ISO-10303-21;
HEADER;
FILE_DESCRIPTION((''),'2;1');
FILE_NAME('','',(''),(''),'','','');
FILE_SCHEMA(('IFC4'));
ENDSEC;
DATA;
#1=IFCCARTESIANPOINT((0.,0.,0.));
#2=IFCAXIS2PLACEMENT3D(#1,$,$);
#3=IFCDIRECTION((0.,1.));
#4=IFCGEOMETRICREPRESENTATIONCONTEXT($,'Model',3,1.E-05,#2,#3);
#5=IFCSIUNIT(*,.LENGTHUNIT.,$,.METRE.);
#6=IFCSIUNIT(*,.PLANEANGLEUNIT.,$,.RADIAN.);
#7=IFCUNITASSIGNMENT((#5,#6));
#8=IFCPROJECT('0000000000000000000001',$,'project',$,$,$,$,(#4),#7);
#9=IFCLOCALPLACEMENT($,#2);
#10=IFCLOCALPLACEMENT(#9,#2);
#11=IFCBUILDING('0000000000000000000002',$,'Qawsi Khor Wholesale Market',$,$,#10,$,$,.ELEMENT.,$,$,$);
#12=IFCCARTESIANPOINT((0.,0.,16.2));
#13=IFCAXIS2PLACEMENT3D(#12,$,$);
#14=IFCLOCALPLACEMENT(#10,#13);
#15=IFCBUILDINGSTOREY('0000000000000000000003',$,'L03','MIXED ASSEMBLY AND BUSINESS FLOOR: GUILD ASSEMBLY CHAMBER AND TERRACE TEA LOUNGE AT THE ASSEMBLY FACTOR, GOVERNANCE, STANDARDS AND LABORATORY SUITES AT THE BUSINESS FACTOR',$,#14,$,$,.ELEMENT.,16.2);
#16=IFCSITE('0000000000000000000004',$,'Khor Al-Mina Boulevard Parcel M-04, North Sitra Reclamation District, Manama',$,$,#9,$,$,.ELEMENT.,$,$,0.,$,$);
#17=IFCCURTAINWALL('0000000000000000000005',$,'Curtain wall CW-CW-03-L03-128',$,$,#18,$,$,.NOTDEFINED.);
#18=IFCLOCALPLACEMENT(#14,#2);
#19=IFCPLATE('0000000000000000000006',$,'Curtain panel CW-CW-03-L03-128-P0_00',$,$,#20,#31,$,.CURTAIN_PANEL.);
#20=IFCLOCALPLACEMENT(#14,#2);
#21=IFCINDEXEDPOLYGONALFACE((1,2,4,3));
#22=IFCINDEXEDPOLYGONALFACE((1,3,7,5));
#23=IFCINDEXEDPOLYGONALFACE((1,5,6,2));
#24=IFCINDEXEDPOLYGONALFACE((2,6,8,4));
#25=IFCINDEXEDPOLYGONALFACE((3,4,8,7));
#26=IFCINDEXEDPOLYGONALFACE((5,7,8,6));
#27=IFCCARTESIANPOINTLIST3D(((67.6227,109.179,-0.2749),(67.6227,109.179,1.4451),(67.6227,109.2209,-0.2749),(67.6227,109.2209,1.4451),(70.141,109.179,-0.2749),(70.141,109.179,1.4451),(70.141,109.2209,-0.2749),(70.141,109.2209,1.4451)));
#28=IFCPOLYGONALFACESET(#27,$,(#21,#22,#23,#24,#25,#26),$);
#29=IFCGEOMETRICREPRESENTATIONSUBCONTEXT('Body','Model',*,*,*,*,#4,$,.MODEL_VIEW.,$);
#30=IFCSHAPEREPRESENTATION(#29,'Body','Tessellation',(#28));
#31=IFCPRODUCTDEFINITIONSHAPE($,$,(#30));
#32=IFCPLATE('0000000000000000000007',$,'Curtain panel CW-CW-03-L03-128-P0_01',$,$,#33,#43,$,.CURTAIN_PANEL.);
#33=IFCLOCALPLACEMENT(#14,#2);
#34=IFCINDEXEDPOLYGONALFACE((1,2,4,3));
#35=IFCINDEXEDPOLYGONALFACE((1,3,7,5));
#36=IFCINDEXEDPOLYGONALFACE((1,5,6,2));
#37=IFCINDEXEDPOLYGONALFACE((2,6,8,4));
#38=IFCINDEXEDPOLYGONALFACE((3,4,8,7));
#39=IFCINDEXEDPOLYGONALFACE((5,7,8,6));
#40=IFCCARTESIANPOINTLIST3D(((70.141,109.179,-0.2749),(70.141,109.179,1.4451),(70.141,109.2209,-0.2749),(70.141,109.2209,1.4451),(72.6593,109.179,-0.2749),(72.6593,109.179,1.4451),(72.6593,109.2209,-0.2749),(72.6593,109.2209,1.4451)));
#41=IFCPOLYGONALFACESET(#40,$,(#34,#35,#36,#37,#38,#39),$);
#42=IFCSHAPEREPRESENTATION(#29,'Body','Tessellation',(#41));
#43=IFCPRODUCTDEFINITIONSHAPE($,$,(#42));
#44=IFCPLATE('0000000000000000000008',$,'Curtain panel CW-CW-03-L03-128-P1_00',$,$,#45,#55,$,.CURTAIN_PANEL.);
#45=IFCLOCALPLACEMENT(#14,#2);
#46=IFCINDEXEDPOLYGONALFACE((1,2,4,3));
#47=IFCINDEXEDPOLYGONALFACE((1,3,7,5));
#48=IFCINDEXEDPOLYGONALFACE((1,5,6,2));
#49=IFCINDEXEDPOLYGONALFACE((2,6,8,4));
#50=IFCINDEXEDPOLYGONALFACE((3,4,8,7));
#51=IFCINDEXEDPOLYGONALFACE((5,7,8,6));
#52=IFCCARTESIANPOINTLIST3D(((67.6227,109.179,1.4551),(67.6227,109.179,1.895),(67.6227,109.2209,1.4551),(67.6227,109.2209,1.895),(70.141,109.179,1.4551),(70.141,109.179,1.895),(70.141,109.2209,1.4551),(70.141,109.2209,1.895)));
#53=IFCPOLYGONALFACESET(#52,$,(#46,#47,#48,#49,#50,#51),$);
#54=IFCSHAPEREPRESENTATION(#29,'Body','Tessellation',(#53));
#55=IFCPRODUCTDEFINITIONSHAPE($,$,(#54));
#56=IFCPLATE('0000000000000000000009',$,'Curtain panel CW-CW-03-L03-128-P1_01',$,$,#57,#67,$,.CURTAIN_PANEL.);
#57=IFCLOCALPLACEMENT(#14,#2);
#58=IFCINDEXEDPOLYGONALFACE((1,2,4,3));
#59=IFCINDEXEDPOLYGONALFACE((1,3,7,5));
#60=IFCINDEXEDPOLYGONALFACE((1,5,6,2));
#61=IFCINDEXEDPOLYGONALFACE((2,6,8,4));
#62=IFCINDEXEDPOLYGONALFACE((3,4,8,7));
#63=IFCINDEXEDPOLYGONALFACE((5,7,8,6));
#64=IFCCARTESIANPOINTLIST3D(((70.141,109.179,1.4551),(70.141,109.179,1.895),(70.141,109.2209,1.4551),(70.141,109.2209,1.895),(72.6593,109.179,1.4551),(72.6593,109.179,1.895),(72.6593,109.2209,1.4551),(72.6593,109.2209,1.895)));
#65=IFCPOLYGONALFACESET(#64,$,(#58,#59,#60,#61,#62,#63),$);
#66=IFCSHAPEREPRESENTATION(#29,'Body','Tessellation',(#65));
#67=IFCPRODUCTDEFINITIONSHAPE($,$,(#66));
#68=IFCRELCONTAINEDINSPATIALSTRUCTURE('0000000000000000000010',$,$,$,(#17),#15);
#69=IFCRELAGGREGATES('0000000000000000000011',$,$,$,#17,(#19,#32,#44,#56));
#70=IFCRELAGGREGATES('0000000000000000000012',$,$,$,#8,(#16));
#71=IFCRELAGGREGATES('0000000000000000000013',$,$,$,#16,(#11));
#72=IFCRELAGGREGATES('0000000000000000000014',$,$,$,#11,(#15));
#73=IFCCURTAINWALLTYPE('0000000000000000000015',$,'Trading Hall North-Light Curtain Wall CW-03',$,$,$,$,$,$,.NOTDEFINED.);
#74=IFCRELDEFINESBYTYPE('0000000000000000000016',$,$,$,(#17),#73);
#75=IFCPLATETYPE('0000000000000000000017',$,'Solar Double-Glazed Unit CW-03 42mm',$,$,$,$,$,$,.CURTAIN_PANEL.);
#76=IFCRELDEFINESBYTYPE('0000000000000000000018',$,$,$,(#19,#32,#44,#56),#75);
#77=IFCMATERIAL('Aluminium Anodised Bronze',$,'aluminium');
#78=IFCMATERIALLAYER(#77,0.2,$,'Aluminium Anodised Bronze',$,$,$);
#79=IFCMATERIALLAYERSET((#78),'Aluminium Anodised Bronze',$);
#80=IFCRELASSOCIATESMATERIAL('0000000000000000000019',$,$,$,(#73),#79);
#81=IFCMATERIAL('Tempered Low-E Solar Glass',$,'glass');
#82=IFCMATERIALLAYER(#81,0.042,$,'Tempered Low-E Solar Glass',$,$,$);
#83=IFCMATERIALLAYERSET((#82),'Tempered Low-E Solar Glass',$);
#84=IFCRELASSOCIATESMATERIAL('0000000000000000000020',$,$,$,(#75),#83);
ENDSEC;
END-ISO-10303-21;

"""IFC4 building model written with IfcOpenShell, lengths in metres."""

from ifc_helpers import new_model, si_unit, direction, frame, frame_2d, origin, place, context, subcontext, project, spatial, rectangle, extrude, material, layer, layer_set, type_object, element, aggregate, save


model = new_model("IFC4")

# Units and contexts
model_context = context("Model", 3, precision=1e-05, world=origin(), true_north=direction((0.0, 1.0)))
body_context = subcontext(model_context, "Body", "Model", "MODEL_VIEW")
ifc_project = project(units=[si_unit("LENGTHUNIT", "METRE"), si_unit("PLANEANGLEUNIT", "RADIAN")], contexts=[model_context])

# Site, building, storey
site_placement = place(None, origin())
site = spatial("IfcSite", under=ifc_project, at=site_placement, Name="Khor Al-Mina Boulevard Parcel M-04, North Sitra Reclamation District, Manama", CompositionType="ELEMENT", RefElevation=0.0)
building_placement = place(site_placement, origin())
building = spatial("IfcBuilding", under=site, at=building_placement, Name="Qawsi Khor Wholesale Market", CompositionType="ELEMENT")
storey_placement = place(building_placement, frame((0.0, 0.0, 16.2)))
storey = spatial("IfcBuildingStorey", under=building, at=storey_placement, Name="L03", Description="MIXED ASSEMBLY AND BUSINESS FLOOR: GUILD ASSEMBLY CHAMBER AND TERRACE TEA LOUNGE AT THE ASSEMBLY FACTOR, GOVERNANCE, STANDARDS AND LABORATORY SUITES AT THE BUSINESS FACTOR", CompositionType="ELEMENT", Elevation=16.2)

# Curtain wall
ifc_material_1 = material(Name="Aluminium Anodised Bronze", Category="aluminium")
ifc_layer_1 = layer(ifc_material_1, 0.2, Name="Aluminium Anodised Bronze")
ifc_layer_set_1 = layer_set([ifc_layer_1], Name="Aluminium Anodised Bronze")
curtain_wall_type = type_object("IfcCurtainWallType", Name="Trading Hall North-Light Curtain Wall CW-03", PredefinedType="NOTDEFINED", material=ifc_layer_set_1)
curtain_wall_1_placement = place(storey_placement, origin())
curtain_wall_1 = element("IfcCurtainWall", 1, at=curtain_wall_1_placement, inside=storey, type_object=curtain_wall_type, Name="Curtain wall CW-CW-03-L03-128", PredefinedType="NOTDEFINED")

# Plates
ifc_material_2 = material(Name="Tempered Low-E Solar Glass", Category="glass")
ifc_layer_2 = layer(ifc_material_2, 0.042, Name="Tempered Low-E Solar Glass")
ifc_layer_set_2 = layer_set([ifc_layer_2], Name="Tempered Low-E Solar Glass")
plate_type = type_object("IfcPlateType", Name="Solar Double-Glazed Unit CW-03 42mm", PredefinedType="CURTAIN_PANEL", material=ifc_layer_set_2)
plate_1_placement = place(storey_placement, frame((67.6226, 109.2, -0.2749), z_axis=(0.0, 0.0, 1.0), x_axis=(1.0, 0.0, 0.0)))
plate_1 = element("IfcPlate", 2, at=plate_1_placement, type_object=plate_type, Name="Curtain panel CW-CW-03-L03-128-P0_00", PredefinedType="CURTAIN_PANEL", context=body_context, shape_type="SweptSolid", body=[
    extrude(rectangle(XDim=2.5183, YDim=0.042, at=frame_2d((1.2593, 0.0))), origin(), (0.0, 0.0, 1.0), 1.72),
])
plate_2_placement = place(storey_placement, frame((70.1409, 109.2, -0.2749), z_axis=(0.0, 0.0, 1.0), x_axis=(1.0, 0.0, 0.0)))
plate_2 = element("IfcPlate", 3, at=plate_2_placement, type_object=plate_type, Name="Curtain panel CW-CW-03-L03-128-P0_01", PredefinedType="CURTAIN_PANEL", context=body_context, shape_type="SweptSolid", body=[
    extrude(rectangle(XDim=2.5183, YDim=0.042, at=frame_2d((1.2593, 0.0))), origin(), (0.0, 0.0, 1.0), 1.72),
])
plate_3_placement = place(storey_placement, frame((67.6226, 109.2, 1.4551), z_axis=(0.0, 0.0, 1.0), x_axis=(1.0, 0.0, 0.0)))
plate_3 = element("IfcPlate", 4, at=plate_3_placement, type_object=plate_type, Name="Curtain panel CW-CW-03-L03-128-P1_00", PredefinedType="CURTAIN_PANEL", context=body_context, shape_type="SweptSolid", body=[
    extrude(rectangle(XDim=2.5183, YDim=0.042, at=frame_2d((1.2593, 0.0))), origin(), (0.0, 0.0, 1.0), 0.4399),
])
plate_4_placement = place(storey_placement, frame((70.1409, 109.2, 1.4551), z_axis=(0.0, 0.0, 1.0), x_axis=(1.0, 0.0, 0.0)))
plate_4 = element("IfcPlate", 5, at=plate_4_placement, type_object=plate_type, Name="Curtain panel CW-CW-03-L03-128-P1_01", PredefinedType="CURTAIN_PANEL", context=body_context, shape_type="SweptSolid", body=[
    extrude(rectangle(XDim=2.5183, YDim=0.042, at=frame_2d((1.2593, 0.0))), origin(), (0.0, 0.0, 1.0), 0.4399),
])
aggregate(curtain_wall_1, [plate_1, plate_2, plate_3, plate_4])

save(model, "model.ifc")
